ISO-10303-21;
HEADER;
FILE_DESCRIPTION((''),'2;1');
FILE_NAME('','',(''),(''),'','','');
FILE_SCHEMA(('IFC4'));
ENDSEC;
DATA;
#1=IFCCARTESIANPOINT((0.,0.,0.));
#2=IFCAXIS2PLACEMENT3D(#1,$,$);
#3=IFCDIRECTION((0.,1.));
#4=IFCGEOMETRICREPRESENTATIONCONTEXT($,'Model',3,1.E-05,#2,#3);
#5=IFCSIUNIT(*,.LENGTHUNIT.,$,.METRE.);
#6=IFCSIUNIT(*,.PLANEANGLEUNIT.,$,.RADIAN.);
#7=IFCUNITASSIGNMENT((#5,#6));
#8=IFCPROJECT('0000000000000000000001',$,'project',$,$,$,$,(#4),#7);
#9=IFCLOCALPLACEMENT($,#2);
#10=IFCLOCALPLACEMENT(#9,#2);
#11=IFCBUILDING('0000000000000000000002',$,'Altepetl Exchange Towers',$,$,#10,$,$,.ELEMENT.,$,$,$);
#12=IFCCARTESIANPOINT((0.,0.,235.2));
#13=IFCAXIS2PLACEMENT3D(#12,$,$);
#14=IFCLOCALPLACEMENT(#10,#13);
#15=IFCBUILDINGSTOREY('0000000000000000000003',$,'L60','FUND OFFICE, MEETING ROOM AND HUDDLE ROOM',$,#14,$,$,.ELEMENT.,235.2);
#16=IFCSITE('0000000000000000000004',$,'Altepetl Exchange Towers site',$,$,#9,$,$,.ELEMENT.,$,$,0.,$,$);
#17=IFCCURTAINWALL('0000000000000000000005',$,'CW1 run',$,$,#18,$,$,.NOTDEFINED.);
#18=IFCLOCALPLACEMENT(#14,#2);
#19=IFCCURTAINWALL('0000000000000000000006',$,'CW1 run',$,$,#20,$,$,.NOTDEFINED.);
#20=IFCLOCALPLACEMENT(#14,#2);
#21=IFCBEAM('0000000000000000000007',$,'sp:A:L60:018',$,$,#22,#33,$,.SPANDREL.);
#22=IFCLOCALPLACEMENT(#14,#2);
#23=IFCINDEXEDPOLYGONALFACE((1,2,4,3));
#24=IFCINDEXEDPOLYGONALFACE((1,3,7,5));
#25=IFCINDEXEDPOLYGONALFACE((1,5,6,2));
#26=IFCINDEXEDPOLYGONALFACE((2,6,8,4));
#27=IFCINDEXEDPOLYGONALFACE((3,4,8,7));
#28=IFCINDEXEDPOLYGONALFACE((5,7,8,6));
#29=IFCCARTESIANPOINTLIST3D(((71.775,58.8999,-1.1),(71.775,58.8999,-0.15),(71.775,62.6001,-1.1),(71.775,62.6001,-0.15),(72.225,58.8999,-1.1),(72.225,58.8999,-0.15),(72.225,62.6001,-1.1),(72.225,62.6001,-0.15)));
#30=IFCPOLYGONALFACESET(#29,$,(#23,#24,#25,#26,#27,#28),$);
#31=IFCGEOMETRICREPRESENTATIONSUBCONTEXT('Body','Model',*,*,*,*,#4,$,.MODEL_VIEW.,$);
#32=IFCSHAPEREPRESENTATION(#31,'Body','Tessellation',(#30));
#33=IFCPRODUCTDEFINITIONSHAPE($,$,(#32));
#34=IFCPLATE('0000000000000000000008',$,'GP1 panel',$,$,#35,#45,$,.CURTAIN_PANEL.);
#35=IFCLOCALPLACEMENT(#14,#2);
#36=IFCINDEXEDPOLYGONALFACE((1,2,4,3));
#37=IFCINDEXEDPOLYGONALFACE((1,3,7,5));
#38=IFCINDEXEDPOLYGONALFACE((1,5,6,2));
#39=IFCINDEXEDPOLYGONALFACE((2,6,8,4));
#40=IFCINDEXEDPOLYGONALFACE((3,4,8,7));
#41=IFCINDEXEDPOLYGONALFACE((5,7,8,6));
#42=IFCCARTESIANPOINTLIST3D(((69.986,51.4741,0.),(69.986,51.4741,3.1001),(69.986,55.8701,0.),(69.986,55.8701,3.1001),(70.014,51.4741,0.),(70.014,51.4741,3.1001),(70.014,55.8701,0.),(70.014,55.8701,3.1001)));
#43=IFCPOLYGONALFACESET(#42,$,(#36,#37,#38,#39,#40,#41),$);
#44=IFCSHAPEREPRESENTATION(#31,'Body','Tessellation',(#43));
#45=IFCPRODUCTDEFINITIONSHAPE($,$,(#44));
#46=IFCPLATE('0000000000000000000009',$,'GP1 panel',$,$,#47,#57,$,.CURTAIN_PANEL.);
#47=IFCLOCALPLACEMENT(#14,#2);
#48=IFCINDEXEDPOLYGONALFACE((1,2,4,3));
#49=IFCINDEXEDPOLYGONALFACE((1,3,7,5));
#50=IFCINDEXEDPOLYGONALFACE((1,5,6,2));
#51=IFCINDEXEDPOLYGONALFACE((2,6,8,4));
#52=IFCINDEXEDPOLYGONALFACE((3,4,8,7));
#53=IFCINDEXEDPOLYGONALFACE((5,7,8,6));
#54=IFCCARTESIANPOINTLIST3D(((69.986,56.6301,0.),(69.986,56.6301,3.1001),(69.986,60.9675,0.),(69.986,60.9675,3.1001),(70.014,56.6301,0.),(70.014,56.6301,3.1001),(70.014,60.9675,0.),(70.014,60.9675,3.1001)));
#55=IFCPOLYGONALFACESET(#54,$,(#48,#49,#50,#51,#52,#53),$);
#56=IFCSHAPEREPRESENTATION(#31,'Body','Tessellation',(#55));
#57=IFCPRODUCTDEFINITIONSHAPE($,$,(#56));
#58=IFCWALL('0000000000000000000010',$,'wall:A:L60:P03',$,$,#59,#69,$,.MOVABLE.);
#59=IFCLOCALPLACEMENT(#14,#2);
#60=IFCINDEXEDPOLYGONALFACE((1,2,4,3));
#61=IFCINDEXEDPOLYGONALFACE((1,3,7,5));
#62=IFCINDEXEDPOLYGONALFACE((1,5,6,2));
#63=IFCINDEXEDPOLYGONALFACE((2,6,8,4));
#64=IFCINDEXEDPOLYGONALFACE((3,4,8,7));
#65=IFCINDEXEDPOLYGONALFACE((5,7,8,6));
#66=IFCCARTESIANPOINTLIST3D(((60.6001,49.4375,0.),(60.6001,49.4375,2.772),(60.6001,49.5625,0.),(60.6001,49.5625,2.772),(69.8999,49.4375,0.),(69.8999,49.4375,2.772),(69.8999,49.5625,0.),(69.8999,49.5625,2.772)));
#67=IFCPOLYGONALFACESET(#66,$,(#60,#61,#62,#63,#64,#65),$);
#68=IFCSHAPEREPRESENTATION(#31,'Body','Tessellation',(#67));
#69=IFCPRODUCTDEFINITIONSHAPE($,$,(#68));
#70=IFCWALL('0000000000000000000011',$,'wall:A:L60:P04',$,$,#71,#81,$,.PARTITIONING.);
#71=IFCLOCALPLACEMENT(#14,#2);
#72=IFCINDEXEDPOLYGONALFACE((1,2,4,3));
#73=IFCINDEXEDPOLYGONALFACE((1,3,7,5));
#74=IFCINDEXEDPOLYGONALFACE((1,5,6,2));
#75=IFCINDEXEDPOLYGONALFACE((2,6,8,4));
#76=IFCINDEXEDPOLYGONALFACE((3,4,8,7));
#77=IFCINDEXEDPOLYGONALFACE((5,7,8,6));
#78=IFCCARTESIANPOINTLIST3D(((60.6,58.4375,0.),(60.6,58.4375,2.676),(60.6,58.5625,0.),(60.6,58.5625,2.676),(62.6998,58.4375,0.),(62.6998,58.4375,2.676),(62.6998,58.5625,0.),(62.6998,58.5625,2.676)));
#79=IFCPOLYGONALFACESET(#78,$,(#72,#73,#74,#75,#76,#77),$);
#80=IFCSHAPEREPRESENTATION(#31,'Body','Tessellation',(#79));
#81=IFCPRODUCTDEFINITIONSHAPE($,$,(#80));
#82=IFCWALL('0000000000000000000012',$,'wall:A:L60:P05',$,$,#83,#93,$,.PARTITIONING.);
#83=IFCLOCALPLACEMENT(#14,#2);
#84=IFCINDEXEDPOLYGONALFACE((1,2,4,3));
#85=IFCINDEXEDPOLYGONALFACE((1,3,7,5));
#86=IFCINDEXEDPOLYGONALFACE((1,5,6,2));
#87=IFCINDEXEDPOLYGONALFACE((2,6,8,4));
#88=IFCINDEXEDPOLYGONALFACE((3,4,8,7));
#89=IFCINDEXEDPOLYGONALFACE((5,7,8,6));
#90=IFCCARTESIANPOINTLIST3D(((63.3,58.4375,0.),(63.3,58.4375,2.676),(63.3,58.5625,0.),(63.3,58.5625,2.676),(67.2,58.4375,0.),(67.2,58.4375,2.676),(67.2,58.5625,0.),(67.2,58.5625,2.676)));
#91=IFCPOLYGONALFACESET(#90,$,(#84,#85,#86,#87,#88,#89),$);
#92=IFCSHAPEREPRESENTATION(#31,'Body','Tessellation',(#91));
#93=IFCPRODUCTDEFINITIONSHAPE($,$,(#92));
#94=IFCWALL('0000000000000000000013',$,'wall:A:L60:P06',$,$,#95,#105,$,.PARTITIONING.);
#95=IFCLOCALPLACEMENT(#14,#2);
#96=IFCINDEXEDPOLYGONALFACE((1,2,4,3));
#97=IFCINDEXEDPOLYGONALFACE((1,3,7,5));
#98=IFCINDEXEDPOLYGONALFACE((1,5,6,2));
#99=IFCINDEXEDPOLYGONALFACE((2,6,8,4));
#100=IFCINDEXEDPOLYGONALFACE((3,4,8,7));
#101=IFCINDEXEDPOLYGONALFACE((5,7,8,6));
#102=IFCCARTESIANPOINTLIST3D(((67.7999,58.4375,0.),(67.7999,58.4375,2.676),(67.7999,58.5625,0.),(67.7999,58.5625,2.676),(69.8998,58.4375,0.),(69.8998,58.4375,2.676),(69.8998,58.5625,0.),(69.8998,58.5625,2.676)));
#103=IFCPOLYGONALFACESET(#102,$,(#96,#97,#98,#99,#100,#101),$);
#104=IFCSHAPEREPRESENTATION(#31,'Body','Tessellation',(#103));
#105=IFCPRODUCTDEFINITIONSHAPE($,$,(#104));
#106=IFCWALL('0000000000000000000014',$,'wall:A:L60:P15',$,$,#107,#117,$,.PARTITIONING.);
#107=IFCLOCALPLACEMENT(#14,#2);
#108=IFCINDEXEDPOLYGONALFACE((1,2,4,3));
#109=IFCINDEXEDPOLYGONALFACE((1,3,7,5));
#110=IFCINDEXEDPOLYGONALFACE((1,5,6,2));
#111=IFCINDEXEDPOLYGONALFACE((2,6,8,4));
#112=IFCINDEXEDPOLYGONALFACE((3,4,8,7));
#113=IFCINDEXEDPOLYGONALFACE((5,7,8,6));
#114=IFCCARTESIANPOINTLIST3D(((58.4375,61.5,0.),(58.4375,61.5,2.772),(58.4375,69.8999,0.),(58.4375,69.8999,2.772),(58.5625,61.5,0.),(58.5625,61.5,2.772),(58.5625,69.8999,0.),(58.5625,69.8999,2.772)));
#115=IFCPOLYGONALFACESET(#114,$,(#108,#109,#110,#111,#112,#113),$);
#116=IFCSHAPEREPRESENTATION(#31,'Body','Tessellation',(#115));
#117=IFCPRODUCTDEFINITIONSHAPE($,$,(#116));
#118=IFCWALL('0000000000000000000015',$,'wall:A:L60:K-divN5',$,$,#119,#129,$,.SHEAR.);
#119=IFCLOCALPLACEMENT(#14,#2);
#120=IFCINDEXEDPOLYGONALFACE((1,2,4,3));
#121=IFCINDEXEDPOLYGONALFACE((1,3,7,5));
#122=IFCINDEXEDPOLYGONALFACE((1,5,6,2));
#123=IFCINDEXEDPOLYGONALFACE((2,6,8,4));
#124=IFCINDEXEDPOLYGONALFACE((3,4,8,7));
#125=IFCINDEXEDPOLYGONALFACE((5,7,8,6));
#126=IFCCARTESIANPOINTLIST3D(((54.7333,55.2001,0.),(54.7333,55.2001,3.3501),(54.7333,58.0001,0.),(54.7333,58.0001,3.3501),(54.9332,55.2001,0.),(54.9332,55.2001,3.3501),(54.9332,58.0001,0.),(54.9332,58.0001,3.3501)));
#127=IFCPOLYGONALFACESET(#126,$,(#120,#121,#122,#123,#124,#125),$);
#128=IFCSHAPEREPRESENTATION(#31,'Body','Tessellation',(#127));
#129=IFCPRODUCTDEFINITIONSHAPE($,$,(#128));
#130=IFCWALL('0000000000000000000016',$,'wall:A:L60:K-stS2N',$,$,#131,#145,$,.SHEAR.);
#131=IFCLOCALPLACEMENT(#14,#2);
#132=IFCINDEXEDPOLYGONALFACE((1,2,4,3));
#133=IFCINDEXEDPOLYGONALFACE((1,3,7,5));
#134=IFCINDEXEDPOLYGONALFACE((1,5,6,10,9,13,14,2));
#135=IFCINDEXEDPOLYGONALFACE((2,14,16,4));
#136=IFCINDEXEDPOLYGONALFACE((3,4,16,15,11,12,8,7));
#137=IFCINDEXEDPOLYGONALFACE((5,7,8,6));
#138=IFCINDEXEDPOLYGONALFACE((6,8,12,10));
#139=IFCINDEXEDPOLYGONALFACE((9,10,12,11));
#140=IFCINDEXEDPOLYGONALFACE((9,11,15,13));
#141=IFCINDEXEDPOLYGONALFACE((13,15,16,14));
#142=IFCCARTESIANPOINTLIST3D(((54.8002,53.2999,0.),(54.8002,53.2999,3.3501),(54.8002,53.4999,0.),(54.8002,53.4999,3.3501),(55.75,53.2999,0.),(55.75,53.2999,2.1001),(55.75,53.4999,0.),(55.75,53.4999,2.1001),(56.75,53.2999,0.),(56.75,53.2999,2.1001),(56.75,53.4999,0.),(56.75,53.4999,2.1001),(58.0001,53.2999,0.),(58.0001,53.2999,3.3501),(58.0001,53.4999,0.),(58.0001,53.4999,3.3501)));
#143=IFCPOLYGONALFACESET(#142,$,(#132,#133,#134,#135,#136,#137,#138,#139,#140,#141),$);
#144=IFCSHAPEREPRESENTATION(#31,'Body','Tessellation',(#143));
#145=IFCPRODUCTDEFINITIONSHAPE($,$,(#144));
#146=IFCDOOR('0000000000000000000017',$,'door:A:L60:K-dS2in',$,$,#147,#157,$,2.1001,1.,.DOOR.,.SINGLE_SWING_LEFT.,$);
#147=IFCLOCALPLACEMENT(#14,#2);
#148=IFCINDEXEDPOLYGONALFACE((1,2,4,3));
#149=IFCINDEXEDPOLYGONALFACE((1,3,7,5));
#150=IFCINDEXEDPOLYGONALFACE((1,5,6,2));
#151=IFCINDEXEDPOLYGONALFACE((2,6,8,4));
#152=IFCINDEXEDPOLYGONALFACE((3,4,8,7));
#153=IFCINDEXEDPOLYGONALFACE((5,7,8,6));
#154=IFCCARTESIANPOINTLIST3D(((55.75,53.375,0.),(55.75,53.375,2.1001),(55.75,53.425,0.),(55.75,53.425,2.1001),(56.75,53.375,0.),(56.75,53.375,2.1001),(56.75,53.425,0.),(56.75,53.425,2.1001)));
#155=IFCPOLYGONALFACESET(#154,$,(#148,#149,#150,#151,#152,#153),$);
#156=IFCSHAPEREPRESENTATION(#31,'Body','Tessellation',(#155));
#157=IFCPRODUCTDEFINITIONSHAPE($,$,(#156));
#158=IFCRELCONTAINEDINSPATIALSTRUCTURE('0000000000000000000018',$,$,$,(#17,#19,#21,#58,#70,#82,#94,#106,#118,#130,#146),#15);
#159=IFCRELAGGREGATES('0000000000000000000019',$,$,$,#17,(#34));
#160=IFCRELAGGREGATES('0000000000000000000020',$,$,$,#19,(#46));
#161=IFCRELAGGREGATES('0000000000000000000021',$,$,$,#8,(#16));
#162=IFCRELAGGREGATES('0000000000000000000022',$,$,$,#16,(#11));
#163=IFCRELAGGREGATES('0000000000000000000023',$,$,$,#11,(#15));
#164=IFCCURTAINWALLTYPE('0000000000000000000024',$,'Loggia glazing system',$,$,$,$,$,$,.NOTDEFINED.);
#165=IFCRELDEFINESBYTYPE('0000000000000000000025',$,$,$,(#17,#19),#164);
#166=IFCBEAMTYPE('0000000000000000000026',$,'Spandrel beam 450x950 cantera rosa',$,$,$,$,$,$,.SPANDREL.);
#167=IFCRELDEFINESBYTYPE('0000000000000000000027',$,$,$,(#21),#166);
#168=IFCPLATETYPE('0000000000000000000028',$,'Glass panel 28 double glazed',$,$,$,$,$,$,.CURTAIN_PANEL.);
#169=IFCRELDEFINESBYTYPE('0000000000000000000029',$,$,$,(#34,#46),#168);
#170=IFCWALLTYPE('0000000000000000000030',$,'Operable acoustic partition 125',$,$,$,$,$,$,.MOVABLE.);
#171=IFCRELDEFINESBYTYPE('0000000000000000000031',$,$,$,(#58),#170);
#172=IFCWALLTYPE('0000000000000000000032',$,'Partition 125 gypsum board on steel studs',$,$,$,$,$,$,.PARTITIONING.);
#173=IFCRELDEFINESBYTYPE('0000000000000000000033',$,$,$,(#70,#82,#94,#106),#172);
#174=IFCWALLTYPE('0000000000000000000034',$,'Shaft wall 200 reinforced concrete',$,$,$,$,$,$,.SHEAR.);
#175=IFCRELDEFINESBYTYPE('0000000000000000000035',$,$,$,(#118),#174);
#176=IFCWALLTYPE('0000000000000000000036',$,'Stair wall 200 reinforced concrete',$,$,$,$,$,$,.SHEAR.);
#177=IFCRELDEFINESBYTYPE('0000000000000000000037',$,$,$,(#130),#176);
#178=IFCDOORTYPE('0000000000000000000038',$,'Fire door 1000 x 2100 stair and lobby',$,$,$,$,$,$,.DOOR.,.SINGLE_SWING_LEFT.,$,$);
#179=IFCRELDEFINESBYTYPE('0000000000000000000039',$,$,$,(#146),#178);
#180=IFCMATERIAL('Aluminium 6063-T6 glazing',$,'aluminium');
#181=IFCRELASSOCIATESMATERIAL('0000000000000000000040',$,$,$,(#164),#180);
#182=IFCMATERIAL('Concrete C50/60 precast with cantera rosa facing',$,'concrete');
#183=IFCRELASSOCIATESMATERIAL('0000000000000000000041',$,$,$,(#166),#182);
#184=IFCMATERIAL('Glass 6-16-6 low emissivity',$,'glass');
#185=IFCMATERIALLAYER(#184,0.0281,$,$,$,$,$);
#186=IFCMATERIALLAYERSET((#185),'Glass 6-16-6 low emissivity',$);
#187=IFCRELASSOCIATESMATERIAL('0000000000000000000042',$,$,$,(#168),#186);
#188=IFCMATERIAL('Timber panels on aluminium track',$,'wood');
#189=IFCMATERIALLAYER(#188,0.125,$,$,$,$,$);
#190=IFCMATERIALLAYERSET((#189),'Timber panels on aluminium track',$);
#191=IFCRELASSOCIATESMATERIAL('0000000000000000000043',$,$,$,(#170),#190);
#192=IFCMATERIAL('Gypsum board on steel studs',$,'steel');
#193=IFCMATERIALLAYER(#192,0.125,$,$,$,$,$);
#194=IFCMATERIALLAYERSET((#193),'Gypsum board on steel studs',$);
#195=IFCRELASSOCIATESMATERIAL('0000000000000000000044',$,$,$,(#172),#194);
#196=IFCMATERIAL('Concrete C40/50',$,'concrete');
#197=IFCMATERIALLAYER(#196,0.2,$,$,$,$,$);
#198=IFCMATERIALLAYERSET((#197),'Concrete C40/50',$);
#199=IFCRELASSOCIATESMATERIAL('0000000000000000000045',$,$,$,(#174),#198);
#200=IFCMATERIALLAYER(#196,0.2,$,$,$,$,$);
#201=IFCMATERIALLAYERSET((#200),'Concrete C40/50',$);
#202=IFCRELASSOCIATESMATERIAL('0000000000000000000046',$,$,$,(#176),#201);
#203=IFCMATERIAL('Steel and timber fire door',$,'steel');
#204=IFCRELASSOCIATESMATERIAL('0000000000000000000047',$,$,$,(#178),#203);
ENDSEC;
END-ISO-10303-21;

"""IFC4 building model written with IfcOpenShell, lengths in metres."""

from ifc_helpers import new_model, si_unit, direction, frame, frame_2d, origin, origin_2d, place, context, subcontext, project, spatial, rectangle, extrude, material, layer, layer_set, material_profile, profile_set, type_object, element, fill, aggregate, save


model = new_model("IFC4")

# Units and contexts
model_context = context("Model", 3, precision=1e-05, world=origin(), true_north=direction((0.0, 1.0)))
body_context = subcontext(model_context, "Body", "Model", "MODEL_VIEW")
ifc_project = project(units=[si_unit("LENGTHUNIT", "METRE"), si_unit("PLANEANGLEUNIT", "RADIAN")], contexts=[model_context])

# Site, building, storey
site_placement = place(None, origin())
site = spatial("IfcSite", under=ifc_project, at=site_placement, Name="Altepetl Exchange Towers site", CompositionType="ELEMENT", RefElevation=0.0)
building_placement = place(site_placement, origin())
building = spatial("IfcBuilding", under=site, at=building_placement, Name="Altepetl Exchange Towers", CompositionType="ELEMENT")
storey_placement = place(building_placement, frame((0.0, 0.0, 235.2)))
storey = spatial("IfcBuildingStorey", under=building, at=storey_placement, Name="L60", Description="FUND OFFICE, MEETING ROOM AND HUDDLE ROOM", CompositionType="ELEMENT", Elevation=235.2)

# Curtain walls
ifc_material_1 = material(Name="Aluminium 6063-T6 glazing", Category="aluminium")
curtain_wall_type = type_object("IfcCurtainWallType", Name="Loggia glazing system", PredefinedType="NOTDEFINED", material=ifc_material_1)
curtain_wall_1_placement = place(storey_placement, origin())
curtain_wall_1 = element("IfcCurtainWall", 1, at=curtain_wall_1_placement, inside=storey, type_object=curtain_wall_type, Name="CW1 run", PredefinedType="NOTDEFINED")
curtain_wall_2_placement = place(storey_placement, origin())
curtain_wall_2 = element("IfcCurtainWall", 2, at=curtain_wall_2_placement, inside=storey, type_object=curtain_wall_type, Name="CW1 run", PredefinedType="NOTDEFINED")

# Beam
ifc_material_2 = material(Name="Concrete C50/60 precast with cantera rosa facing", Category="concrete")
ifc_material_profile_1 = material_profile(ifc_material_2, rectangle(XDim=0.45, YDim=0.95, at=origin_2d()), Name="450 x 950")
ifc_profile_set_1 = profile_set([ifc_material_profile_1], Name="Concrete C50/60 precast with cantera rosa facing")
beam_type_1 = type_object("IfcBeamType", Name="Spandrel beam 450x950 cantera rosa", PredefinedType="SPANDREL", material=ifc_profile_set_1)
beam_1_placement = place(storey_placement, frame((72.0, 58.8999, -0.625), z_axis=(0.0, 1.0, 0.0), x_axis=(-1.0, 0.0, 0.0)))
element("IfcBeam", 3, at=beam_1_placement, inside=storey, type_object=beam_type_1, Name="sp:A:L60:018", PredefinedType="SPANDREL", context=body_context, shape_type="SweptSolid", body=[
    extrude(rectangle(XDim=0.45, YDim=0.95, at=origin_2d()), origin(), (0.0, 0.0, 1.0), 3.7002),
])

# Plates
ifc_material_3 = material(Name="Glass 6-16-6 low emissivity", Category="glass")
ifc_layer_1 = layer(ifc_material_3, 0.0281)
ifc_layer_set_1 = layer_set([ifc_layer_1], Name="Glass 6-16-6 low emissivity")
plate_type = type_object("IfcPlateType", Name="Glass panel 28 double glazed", PredefinedType="CURTAIN_PANEL", material=ifc_layer_set_1)
plate_1_placement = place(storey_placement, frame((70.0, 53.6721, 0.0), z_axis=(0.0, 0.0, 1.0), x_axis=(0.0, 1.0, 0.0)))
plate_1 = element("IfcPlate", 4, at=plate_1_placement, type_object=plate_type, Name="GP1 panel", PredefinedType="CURTAIN_PANEL", context=body_context, shape_type="SweptSolid", body=[
    extrude(rectangle(XDim=4.396, YDim=0.0281, at=origin_2d()), origin(), (0.0, 0.0, 1.0), 3.1001),
])
aggregate(curtain_wall_1, [plate_1])
plate_2_placement = place(storey_placement, frame((70.0, 58.7988, 0.0), z_axis=(0.0, 0.0, 1.0), x_axis=(0.0, 1.0, 0.0)))
plate_2 = element("IfcPlate", 5, at=plate_2_placement, type_object=plate_type, Name="GP1 panel", PredefinedType="CURTAIN_PANEL", context=body_context, shape_type="SweptSolid", body=[
    extrude(rectangle(XDim=4.3374, YDim=0.0281, at=origin_2d()), origin(), (0.0, 0.0, 1.0), 3.1001),
])
aggregate(curtain_wall_2, [plate_2])

# Walls
ifc_material_4 = material(Name="Timber panels on aluminium track", Category="wood")
ifc_layer_2 = layer(ifc_material_4, 0.125)
ifc_layer_set_2 = layer_set([ifc_layer_2], Name="Timber panels on aluminium track")
wall_type_1 = type_object("IfcWallType", Name="Operable acoustic partition 125", PredefinedType="MOVABLE", material=ifc_layer_set_2)
wall_1_placement = place(storey_placement, frame((60.6001, 49.5, 0.0)))
element("IfcWall", 6, at=wall_1_placement, inside=storey, type_object=wall_type_1, Name="wall:A:L60:P03", PredefinedType="MOVABLE", context=body_context, shape_type="SweptSolid", body=[
    extrude(rectangle(XDim=9.2998, YDim=0.125, at=frame_2d((4.6499, 0.0))), origin(), (0.0, 0.0, 1.0), 2.772),
])
ifc_material_5 = material(Name="Gypsum board on steel studs", Category="steel")
ifc_layer_3 = layer(ifc_material_5, 0.125)
ifc_layer_set_3 = layer_set([ifc_layer_3], Name="Gypsum board on steel studs")
wall_type_2 = type_object("IfcWallType", Name="Partition 125 gypsum board on steel studs", PredefinedType="PARTITIONING", material=ifc_layer_set_3)
wall_2_placement = place(storey_placement, frame((60.6001, 58.5, 0.0)))
element("IfcWall", 7, at=wall_2_placement, inside=storey, type_object=wall_type_2, Name="wall:A:L60:P04", PredefinedType="PARTITIONING", context=body_context, shape_type="SweptSolid", body=[
    extrude(rectangle(XDim=2.0999, YDim=0.125, at=frame_2d((1.0498, 0.0))), origin(), (0.0, 0.0, 1.0), 2.676),
])
wall_3_placement = place(storey_placement, frame((63.3, 58.5, 0.0)))
element("IfcWall", 8, at=wall_3_placement, inside=storey, type_object=wall_type_2, Name="wall:A:L60:P05", PredefinedType="PARTITIONING", context=body_context, shape_type="SweptSolid", body=[
    extrude(rectangle(XDim=3.8999, YDim=0.125, at=frame_2d((1.95, 0.0))), origin(), (0.0, 0.0, 1.0), 2.676),
])
wall_4_placement = place(storey_placement, frame((67.8, 58.5, 0.0)))
element("IfcWall", 9, at=wall_4_placement, inside=storey, type_object=wall_type_2, Name="wall:A:L60:P06", PredefinedType="PARTITIONING", context=body_context, shape_type="SweptSolid", body=[
    extrude(rectangle(XDim=2.0999, YDim=0.125, at=frame_2d((1.0498, 0.0))), origin(), (0.0, 0.0, 1.0), 2.676),
])
wall_5_placement = place(storey_placement, frame((58.5, 61.5, 0.0), z_axis=(0.0, 0.0, 1.0), x_axis=(0.0, 1.0, 0.0)))
element("IfcWall", 10, at=wall_5_placement, inside=storey, type_object=wall_type_2, Name="wall:A:L60:P15", PredefinedType="PARTITIONING", context=body_context, shape_type="SweptSolid", body=[
    extrude(rectangle(XDim=8.3999, YDim=0.125, at=frame_2d((4.2, 0.0))), origin(), (0.0, 0.0, 1.0), 2.772),
])
ifc_material_6 = material(Name="Concrete C40/50", Category="concrete")
ifc_layer_4 = layer(ifc_material_6, 0.2)
ifc_layer_set_4 = layer_set([ifc_layer_4], Name="Concrete C40/50")
wall_type_3 = type_object("IfcWallType", Name="Shaft wall 200 reinforced concrete", PredefinedType="SHEAR", material=ifc_layer_set_4)
wall_6_placement = place(storey_placement, frame((54.8333, 58.0, 0.0), z_axis=(0.0, 0.0, 1.0), x_axis=(0.0, -1.0, 0.0)))
element("IfcWall", 11, at=wall_6_placement, inside=storey, type_object=wall_type_3, Name="wall:A:L60:K-divN5", PredefinedType="SHEAR", context=body_context, shape_type="SweptSolid", body=[
    extrude(rectangle(XDim=2.8, YDim=0.2, at=frame_2d((1.3999, 0.0))), origin(), (0.0, 0.0, 1.0), 3.3501),
])

# Wall, opening, door
ifc_layer_5 = layer(ifc_material_6, 0.2)
ifc_layer_set_5 = layer_set([ifc_layer_5], Name="Concrete C40/50")
wall_type_4 = type_object("IfcWallType", Name="Stair wall 200 reinforced concrete", PredefinedType="SHEAR", material=ifc_layer_set_5)
wall_7_placement = place(storey_placement, frame((54.8, 53.3999, 0.0)))
wall_7 = element("IfcWall", 12, at=wall_7_placement, inside=storey, type_object=wall_type_4, Name="wall:A:L60:K-stS2N", PredefinedType="SHEAR", context=body_context, shape_type="SweptSolid", body=[
    extrude(rectangle(XDim=3.2, YDim=0.2, at=frame_2d((1.6001, 0.0))), origin(), (0.0, 0.0, 1.0), 3.3501),
])
opening_placement = place(wall_7_placement, frame((0.95, 0.0, 0.0)))
opening = element("IfcOpeningElement", 13, at=opening_placement, cuts=wall_7, PredefinedType="OPENING", context=body_context, shape_type="SweptSolid", body=[
    extrude(rectangle(XDim=1.0, YDim=2.1001, at=frame_2d((0.5, 1.05))), frame((0.0, 0.1099, 0.0), z_axis=(0.0, -1.0, 0.0), x_axis=(1.0, 0.0, 0.0)), (0.0, 0.0, 1.0), 0.22),
])
ifc_material_7 = material(Name="Steel and timber fire door", Category="steel")
door_type = type_object("IfcDoorType", Name="Fire door 1000 x 2100 stair and lobby", OperationType="SINGLE_SWING_LEFT", PredefinedType="DOOR", material=ifc_material_7)
door_placement = place(opening_placement, frame((1.0, 0.0, 0.0), x_axis=(-1.0, 0.0, 0.0)))
door = element("IfcDoor", 14, at=door_placement, inside=storey, type_object=door_type, Name="door:A:L60:K-dS2in", OperationType="SINGLE_SWING_LEFT", OverallHeight=2.1001, OverallWidth=1.0, PredefinedType="DOOR", context=body_context, shape_type="SweptSolid", body=[
    extrude(rectangle(XDim=1.0, YDim=2.1001, at=frame_2d((0.5, 1.05))), frame((0.0, 0.0249, 0.0), z_axis=(0.0, -1.0, 0.0), x_axis=(1.0, 0.0, 0.0)), (0.0, 0.0, 1.0), 0.05),
])
fill(opening, door)

save(model, "model.ifc")
